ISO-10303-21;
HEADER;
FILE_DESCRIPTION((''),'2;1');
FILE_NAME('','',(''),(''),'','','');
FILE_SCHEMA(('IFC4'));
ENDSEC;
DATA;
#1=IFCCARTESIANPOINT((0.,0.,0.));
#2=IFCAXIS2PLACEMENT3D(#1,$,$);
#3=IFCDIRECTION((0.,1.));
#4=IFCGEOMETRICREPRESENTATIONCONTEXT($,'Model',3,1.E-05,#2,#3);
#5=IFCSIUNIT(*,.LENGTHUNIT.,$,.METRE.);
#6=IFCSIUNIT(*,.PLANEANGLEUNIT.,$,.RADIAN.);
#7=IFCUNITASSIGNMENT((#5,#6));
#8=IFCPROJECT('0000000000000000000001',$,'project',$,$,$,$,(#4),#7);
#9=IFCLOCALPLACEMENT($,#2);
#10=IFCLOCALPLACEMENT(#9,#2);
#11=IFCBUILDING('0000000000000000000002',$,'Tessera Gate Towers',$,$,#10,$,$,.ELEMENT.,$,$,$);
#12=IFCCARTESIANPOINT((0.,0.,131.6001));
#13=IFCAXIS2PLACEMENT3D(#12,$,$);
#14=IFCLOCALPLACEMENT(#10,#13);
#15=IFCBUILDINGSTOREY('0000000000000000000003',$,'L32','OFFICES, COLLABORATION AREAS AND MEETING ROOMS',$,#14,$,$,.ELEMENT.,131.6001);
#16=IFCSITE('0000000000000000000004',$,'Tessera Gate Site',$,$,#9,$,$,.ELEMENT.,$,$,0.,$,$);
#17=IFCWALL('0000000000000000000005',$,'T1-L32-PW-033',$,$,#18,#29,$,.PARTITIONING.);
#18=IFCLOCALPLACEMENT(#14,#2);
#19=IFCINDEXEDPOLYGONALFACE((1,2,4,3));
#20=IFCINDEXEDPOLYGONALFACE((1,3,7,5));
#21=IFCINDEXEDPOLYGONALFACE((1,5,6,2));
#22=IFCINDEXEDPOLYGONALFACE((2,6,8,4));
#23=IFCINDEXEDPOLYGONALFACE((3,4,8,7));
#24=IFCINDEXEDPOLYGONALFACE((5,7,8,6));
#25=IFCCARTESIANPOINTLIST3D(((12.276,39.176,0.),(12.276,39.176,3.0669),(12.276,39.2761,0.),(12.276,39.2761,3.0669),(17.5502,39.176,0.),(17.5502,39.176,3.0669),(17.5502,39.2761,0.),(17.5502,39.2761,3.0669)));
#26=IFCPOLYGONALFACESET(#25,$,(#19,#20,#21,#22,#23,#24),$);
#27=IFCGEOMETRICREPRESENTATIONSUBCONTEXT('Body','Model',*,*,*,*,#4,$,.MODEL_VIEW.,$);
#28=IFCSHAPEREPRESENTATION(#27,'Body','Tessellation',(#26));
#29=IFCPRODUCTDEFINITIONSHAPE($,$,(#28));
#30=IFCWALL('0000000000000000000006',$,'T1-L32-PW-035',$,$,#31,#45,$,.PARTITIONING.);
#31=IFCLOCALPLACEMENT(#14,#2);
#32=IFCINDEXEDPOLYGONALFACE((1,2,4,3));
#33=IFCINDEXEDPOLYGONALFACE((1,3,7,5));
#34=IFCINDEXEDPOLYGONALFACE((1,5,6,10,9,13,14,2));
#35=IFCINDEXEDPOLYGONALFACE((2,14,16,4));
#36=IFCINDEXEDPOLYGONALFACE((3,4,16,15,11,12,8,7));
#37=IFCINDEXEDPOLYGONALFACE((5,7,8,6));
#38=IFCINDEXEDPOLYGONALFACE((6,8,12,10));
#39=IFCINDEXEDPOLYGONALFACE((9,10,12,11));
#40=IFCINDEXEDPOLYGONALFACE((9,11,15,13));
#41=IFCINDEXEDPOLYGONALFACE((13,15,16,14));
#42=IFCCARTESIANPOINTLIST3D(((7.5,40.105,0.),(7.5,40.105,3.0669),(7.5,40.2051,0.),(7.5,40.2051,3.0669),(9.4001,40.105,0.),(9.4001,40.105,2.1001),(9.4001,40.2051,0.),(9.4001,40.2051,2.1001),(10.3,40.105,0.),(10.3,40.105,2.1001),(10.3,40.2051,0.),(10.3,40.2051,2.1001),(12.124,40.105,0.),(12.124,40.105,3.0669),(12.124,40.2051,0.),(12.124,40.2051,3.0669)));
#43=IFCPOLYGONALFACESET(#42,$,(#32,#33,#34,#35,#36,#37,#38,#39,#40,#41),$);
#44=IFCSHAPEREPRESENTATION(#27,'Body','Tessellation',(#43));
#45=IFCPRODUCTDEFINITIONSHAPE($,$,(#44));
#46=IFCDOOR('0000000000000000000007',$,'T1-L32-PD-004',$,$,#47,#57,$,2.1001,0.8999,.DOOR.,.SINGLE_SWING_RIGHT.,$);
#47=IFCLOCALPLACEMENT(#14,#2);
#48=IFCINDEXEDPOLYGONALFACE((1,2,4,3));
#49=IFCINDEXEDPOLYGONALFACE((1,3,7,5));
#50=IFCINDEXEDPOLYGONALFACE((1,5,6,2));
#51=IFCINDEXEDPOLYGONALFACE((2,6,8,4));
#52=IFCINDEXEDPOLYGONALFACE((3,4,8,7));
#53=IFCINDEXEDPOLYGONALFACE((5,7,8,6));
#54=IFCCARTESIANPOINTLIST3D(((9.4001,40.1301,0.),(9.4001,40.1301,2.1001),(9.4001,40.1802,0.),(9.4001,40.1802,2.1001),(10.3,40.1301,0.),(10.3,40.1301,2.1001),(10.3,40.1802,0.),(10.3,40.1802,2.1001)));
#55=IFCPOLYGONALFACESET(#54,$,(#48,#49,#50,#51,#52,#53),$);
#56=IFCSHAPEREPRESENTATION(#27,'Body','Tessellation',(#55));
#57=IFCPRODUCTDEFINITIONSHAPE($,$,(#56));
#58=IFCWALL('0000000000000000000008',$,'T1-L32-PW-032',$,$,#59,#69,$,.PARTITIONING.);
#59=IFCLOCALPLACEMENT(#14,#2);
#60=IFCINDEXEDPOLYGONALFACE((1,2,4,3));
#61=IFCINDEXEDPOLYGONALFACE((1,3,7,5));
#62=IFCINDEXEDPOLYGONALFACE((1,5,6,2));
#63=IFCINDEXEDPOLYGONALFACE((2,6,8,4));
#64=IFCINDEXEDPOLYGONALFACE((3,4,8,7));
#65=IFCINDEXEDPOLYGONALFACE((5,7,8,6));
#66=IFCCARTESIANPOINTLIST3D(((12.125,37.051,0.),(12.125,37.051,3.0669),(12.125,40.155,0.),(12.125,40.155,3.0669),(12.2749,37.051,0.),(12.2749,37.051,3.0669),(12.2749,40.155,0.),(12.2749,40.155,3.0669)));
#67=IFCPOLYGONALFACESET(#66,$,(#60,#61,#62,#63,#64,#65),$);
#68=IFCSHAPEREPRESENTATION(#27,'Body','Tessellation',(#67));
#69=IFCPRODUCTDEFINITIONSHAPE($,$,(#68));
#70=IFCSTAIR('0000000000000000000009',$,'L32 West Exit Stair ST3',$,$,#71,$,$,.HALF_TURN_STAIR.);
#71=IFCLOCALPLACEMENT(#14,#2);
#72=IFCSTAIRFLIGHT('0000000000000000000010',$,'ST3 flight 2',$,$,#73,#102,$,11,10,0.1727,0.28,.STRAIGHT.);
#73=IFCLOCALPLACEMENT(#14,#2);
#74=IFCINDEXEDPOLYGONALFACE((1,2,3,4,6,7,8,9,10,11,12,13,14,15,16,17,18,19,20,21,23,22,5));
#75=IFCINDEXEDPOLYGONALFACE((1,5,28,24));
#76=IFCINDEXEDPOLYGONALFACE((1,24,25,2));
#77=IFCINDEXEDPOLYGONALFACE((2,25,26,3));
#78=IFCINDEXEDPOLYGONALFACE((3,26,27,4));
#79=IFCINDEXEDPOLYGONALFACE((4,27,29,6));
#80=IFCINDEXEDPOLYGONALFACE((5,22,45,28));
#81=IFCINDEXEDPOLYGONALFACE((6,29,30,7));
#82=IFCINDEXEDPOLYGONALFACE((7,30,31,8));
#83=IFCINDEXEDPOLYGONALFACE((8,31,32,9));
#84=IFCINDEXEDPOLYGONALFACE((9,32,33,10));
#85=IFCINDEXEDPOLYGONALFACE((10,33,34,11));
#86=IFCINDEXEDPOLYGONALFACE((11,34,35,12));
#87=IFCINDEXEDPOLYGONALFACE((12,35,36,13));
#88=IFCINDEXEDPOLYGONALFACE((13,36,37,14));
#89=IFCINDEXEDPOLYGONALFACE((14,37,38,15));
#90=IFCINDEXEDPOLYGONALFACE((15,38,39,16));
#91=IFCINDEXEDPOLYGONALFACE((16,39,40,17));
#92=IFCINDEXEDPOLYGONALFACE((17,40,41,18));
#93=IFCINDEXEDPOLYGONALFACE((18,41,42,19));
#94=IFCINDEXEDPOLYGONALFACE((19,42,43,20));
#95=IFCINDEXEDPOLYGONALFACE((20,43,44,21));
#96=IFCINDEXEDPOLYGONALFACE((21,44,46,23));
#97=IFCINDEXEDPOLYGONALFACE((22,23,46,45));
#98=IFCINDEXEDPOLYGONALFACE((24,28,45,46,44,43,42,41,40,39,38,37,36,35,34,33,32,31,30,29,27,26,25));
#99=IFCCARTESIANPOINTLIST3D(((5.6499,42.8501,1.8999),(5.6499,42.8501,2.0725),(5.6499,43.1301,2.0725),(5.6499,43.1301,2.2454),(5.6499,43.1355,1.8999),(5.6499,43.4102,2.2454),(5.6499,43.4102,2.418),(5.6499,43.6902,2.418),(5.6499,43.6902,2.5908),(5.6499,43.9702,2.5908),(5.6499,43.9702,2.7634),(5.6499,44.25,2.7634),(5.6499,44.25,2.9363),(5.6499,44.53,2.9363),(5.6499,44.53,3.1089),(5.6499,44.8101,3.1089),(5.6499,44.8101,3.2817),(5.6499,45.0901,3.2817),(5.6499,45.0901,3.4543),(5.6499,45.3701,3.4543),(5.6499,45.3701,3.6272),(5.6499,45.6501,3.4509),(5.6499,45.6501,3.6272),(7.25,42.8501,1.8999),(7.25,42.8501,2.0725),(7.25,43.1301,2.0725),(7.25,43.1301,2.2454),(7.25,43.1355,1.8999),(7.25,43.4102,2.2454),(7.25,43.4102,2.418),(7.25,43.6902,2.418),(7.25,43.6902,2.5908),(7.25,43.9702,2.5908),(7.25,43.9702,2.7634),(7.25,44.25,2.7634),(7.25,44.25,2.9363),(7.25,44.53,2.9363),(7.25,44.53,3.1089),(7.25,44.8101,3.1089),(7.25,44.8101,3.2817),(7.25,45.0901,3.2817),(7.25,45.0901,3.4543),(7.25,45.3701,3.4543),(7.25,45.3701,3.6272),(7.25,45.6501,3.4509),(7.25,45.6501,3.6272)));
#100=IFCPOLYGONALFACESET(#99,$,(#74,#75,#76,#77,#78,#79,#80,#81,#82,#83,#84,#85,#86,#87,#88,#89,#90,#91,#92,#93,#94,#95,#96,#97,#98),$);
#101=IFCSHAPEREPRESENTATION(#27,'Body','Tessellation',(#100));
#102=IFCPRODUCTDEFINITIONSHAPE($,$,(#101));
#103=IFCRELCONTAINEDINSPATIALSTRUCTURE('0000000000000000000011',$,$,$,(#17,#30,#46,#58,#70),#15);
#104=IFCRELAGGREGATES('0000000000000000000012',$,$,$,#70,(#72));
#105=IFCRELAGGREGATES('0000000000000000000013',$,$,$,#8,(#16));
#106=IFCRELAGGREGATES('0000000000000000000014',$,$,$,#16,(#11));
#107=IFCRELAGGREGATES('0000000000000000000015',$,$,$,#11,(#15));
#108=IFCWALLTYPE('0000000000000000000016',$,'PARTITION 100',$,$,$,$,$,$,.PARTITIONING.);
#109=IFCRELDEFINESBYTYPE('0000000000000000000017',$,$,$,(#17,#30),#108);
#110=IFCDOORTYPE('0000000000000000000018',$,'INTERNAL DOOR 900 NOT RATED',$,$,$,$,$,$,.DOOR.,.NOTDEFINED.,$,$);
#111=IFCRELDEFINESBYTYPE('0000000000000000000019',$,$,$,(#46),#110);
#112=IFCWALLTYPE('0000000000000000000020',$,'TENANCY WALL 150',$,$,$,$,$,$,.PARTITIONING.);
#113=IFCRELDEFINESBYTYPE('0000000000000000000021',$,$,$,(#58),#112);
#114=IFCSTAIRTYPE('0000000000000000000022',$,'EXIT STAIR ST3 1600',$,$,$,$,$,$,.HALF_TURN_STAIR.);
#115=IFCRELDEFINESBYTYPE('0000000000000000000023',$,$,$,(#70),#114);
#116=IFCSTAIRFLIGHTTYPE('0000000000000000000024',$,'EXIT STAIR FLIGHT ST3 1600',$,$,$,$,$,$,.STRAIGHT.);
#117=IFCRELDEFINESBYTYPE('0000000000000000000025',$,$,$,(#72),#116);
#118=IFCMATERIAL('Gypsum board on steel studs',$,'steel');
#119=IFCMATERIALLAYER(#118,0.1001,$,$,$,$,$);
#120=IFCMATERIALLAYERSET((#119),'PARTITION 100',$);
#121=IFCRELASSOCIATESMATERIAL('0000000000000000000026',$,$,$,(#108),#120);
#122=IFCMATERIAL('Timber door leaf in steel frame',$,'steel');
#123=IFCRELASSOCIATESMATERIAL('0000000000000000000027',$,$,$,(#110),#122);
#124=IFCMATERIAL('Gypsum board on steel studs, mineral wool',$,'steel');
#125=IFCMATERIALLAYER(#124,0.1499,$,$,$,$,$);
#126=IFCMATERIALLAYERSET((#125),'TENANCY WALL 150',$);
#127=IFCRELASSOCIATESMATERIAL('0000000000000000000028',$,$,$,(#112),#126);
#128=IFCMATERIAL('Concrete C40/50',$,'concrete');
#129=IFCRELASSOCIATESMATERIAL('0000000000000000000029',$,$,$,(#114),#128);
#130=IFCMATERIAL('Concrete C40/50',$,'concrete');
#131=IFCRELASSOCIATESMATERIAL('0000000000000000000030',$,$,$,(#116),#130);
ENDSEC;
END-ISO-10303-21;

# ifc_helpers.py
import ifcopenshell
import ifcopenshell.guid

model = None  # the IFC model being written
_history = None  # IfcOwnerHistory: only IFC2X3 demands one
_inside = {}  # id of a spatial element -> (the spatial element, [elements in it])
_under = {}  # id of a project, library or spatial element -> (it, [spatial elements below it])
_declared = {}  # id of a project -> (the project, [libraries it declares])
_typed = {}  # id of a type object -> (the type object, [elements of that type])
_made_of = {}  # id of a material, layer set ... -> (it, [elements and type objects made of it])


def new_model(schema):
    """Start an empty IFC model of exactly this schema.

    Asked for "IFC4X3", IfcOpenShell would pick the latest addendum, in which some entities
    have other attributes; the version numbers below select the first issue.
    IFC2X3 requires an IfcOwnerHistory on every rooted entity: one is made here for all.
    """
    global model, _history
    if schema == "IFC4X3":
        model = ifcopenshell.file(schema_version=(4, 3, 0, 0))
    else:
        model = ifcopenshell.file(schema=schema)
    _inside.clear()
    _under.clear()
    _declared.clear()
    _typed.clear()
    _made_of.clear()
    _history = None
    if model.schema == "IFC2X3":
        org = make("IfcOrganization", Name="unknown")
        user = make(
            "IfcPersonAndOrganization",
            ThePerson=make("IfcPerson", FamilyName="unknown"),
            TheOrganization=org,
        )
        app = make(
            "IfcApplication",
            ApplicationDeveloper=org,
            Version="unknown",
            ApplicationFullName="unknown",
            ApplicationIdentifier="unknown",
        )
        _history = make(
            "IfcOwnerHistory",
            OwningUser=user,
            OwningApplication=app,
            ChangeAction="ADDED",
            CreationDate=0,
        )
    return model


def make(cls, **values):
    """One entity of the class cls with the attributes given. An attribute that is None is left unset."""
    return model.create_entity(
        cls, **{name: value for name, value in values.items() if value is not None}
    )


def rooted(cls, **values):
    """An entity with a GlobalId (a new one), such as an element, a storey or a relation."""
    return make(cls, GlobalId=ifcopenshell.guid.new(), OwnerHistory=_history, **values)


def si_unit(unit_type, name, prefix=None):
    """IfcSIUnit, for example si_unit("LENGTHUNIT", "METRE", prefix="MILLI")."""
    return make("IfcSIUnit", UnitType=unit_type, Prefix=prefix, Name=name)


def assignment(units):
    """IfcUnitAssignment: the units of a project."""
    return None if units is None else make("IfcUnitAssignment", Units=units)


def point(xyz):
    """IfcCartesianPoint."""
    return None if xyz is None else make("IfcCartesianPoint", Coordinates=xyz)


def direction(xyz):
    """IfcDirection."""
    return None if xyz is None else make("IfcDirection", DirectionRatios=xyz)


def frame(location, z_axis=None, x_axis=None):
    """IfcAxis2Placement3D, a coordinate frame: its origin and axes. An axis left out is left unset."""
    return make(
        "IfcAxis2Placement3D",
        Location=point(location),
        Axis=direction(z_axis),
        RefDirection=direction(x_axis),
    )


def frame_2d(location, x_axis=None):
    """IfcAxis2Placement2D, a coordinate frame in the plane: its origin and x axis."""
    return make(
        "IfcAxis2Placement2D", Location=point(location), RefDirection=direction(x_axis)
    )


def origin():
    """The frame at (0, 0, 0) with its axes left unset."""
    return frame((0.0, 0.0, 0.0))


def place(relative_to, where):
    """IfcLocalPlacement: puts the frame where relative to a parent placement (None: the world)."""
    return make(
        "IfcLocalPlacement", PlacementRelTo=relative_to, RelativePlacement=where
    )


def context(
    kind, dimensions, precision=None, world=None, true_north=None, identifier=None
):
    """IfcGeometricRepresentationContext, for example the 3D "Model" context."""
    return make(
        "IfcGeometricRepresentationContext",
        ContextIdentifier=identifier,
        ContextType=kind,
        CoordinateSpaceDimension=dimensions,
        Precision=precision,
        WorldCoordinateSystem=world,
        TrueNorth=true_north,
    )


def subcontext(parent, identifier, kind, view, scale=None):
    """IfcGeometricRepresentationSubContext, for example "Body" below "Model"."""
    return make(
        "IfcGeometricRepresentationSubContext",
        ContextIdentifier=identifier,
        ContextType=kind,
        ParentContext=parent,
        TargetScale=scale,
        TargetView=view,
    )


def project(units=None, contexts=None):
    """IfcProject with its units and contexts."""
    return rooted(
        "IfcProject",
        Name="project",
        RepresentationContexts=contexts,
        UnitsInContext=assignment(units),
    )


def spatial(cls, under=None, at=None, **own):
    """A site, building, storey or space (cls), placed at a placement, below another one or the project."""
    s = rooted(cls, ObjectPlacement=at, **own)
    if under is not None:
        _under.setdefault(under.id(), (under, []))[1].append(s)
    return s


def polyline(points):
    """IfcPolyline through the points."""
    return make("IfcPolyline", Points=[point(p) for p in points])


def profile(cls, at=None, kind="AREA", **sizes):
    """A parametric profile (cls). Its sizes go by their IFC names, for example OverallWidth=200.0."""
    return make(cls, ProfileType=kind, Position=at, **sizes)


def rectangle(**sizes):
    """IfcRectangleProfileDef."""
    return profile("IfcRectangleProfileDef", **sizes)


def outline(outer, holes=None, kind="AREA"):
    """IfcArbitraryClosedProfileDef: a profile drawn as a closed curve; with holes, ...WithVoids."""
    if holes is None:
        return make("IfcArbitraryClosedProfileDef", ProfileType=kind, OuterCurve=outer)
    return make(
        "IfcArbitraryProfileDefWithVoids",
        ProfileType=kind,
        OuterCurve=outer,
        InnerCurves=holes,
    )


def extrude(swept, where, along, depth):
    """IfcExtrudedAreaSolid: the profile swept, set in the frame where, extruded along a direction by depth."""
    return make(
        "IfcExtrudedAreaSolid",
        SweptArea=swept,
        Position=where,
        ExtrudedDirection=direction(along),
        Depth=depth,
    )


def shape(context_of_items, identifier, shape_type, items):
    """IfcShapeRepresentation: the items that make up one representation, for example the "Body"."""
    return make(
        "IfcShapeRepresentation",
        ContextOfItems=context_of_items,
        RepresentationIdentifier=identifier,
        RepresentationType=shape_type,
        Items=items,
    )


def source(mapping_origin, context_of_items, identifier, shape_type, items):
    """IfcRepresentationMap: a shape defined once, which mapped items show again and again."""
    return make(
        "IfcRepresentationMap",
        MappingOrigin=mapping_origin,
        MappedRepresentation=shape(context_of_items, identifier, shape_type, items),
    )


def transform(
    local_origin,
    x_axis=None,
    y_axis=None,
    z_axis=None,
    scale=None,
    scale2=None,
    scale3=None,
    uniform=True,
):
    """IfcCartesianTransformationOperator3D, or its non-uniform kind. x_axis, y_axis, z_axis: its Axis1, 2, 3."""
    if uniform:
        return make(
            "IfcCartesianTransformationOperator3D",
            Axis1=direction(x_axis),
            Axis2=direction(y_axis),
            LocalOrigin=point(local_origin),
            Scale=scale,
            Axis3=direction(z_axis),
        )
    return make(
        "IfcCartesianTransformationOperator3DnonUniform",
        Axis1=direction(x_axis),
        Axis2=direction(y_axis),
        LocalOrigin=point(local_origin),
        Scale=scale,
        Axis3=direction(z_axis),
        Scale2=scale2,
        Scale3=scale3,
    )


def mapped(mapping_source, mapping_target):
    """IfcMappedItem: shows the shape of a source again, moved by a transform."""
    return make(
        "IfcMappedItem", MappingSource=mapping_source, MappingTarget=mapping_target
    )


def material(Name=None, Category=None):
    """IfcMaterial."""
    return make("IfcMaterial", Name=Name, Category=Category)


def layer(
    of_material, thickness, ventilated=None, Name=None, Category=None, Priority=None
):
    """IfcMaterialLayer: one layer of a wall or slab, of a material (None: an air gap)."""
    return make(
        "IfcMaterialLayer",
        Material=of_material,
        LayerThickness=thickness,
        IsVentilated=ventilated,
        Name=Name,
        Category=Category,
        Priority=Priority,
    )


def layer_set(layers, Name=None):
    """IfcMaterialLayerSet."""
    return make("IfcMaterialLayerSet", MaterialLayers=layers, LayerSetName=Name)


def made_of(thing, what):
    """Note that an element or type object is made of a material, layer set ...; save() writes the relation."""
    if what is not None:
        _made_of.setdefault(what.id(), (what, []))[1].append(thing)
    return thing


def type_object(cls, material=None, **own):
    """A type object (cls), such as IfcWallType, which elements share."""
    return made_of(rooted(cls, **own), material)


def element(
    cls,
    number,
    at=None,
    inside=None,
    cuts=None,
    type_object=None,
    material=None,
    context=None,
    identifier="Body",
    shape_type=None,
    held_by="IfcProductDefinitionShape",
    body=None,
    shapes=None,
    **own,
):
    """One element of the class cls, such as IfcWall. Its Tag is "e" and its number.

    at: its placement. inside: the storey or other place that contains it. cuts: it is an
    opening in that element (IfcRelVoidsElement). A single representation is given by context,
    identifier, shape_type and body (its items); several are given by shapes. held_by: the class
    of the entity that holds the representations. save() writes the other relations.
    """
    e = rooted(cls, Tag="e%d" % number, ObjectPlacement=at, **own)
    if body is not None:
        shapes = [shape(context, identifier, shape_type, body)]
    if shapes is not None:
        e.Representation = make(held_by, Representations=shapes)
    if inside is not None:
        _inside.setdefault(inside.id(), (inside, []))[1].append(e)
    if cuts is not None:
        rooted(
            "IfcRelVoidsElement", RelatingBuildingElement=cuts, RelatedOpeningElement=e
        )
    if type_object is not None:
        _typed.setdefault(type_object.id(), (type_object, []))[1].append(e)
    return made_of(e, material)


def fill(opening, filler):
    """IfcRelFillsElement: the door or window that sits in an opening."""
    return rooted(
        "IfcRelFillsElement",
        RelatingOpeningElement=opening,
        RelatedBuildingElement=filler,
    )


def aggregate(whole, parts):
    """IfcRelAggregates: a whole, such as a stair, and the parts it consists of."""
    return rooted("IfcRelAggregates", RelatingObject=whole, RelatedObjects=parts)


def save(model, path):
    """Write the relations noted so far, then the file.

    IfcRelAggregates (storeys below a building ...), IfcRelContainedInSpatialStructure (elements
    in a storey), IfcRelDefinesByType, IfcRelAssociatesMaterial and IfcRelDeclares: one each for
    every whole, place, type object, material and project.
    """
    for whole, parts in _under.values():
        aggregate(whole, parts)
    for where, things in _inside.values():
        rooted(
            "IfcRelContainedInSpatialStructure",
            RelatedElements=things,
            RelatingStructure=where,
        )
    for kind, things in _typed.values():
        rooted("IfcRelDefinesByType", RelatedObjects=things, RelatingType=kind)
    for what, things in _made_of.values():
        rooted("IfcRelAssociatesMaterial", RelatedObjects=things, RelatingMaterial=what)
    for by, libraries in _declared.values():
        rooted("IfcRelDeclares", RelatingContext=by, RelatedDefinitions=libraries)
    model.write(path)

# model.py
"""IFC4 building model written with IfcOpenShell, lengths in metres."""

from ifc_helpers import new_model, si_unit, direction, frame, frame_2d, origin, place, context, subcontext, project, spatial, polyline, rectangle, outline, extrude, source, transform, mapped, material, layer, layer_set, type_object, element, fill, aggregate, save


model = new_model("IFC4")

# Units and contexts
model_context = context("Model", 3, precision=1e-05, world=origin(), true_north=direction((0.0, 1.0)))
body_context = subcontext(model_context, "Body", "Model", "MODEL_VIEW")
ifc_project = project(units=[si_unit("LENGTHUNIT", "METRE"), si_unit("PLANEANGLEUNIT", "RADIAN")], contexts=[model_context])

# Site, building, storey
site_placement = place(None, origin())
site = spatial("IfcSite", under=ifc_project, at=site_placement, Name="Tessera Gate Site", CompositionType="ELEMENT", RefElevation=0.0)
building_placement = place(site_placement, origin())
building = spatial("IfcBuilding", under=site, at=building_placement, Name="Tessera Gate Towers", CompositionType="ELEMENT")
storey_placement = place(building_placement, frame((0.0, 0.0, 131.6001)))
storey = spatial("IfcBuildingStorey", under=building, at=storey_placement, Name="L32", Description="OFFICES, COLLABORATION AREAS AND MEETING ROOMS", CompositionType="ELEMENT", Elevation=131.6001)

# Wall
ifc_material_1 = material(Name="Gypsum board on steel studs", Category="steel")
ifc_layer_1 = layer(ifc_material_1, 0.1001)
ifc_layer_set_1 = layer_set([ifc_layer_1], Name="PARTITION 100")
wall_type_1 = type_object("IfcWallType", Name="PARTITION 100", PredefinedType="PARTITIONING", material=ifc_layer_set_1)
wall_1_placement = place(storey_placement, frame((12.2759, 39.2261, 0.0), z_axis=(0.0, 0.0, 1.0), x_axis=(1.0, 0.0, 0.0)))
element("IfcWall", 1, at=wall_1_placement, inside=storey, type_object=wall_type_1, Name="T1-L32-PW-033", PredefinedType="PARTITIONING", context=body_context, shape_type="SweptSolid", body=[
    extrude(rectangle(XDim=5.2742, YDim=0.1001, at=frame_2d((2.6372, 0.0))), origin(), (0.0, 0.0, 1.0), 3.0669),
])

# Wall, opening, door
wall_2_placement = place(storey_placement, frame((12.124, 40.155, 0.0), z_axis=(0.0, 0.0, 1.0), x_axis=(-1.0, 0.0, 0.0)))
wall_2 = element("IfcWall", 2, at=wall_2_placement, inside=storey, type_object=wall_type_1, Name="T1-L32-PW-035", PredefinedType="PARTITIONING", context=body_context, shape_type="SweptSolid", body=[
    extrude(rectangle(XDim=4.624, YDim=0.1001, at=frame_2d((2.312, 0.0))), origin(), (0.0, 0.0, 1.0), 3.0669),
])
shared_shape_1 = source(origin(), body_context, "Body", "SweptSolid", [
    extrude(rectangle(XDim=0.8999, YDim=2.1001, at=frame_2d((0.45, 1.05))), frame((0.0, 0.0601, 0.0), z_axis=(0.0, -1.0, 0.0), x_axis=(1.0, 0.0, 0.0)), (0.0, 0.0, 1.0), 0.1201),
])
opening_placement = place(wall_2_placement, frame((1.824, 0.0, 0.0)))
opening = element("IfcOpeningElement", 3, at=opening_placement, cuts=wall_2, PredefinedType="OPENING", context=body_context, shape_type="MappedRepresentation", body=[
    mapped(shared_shape_1, transform((0.0, 0.0, 0.0), scale=1.0)),
])
ifc_material_2 = material(Name="Timber door leaf in steel frame", Category="steel")
door_type = type_object("IfcDoorType", Name="INTERNAL DOOR 900 NOT RATED", OperationType="NOTDEFINED", PredefinedType="DOOR", material=ifc_material_2)
shared_shape_2 = source(origin(), body_context, "Body", "SweptSolid", [
    extrude(rectangle(XDim=0.8999, YDim=2.1001, at=frame_2d((0.45, 1.05))), frame((0.0, 0.0249, 0.0), z_axis=(0.0, -1.0, 0.0), x_axis=(1.0, 0.0, 0.0)), (0.0, 0.0, 1.0), 0.05),
])
door_placement = place(opening_placement, origin())
door = element("IfcDoor", 4, at=door_placement, inside=storey, type_object=door_type, Name="T1-L32-PD-004", OperationType="SINGLE_SWING_RIGHT", OverallHeight=2.1001, OverallWidth=0.8999, PredefinedType="DOOR", context=body_context, shape_type="MappedRepresentation", body=[
    mapped(shared_shape_2, transform((0.0, 0.0, 0.0), scale=1.0)),
])
fill(opening, door)

# Wall
ifc_material_3 = material(Name="Gypsum board on steel studs, mineral wool", Category="steel")
ifc_layer_2 = layer(ifc_material_3, 0.1499)
ifc_layer_set_2 = layer_set([ifc_layer_2], Name="TENANCY WALL 150")
wall_type_2 = type_object("IfcWallType", Name="TENANCY WALL 150", PredefinedType="PARTITIONING", material=ifc_layer_set_2)
wall_3_placement = place(storey_placement, frame((12.2, 37.051, 0.0), z_axis=(0.0, 0.0, 1.0), x_axis=(0.0, 1.0, 0.0)))
element("IfcWall", 5, at=wall_3_placement, inside=storey, type_object=wall_type_2, Name="T1-L32-PW-032", PredefinedType="PARTITIONING", context=body_context, shape_type="SweptSolid", body=[
    extrude(rectangle(XDim=3.104, YDim=0.1499, at=frame_2d((1.552, 0.0))), origin(), (0.0, 0.0, 1.0), 3.0669),
])

# Stair, stair flight
ifc_material_4 = material(Name="Concrete C40/50", Category="concrete")
stair_type = type_object("IfcStairType", Name="EXIT STAIR ST3 1600", PredefinedType="HALF_TURN_STAIR", material=ifc_material_4)
stair_placement = place(storey_placement, origin())
stair = element("IfcStair", 6, at=stair_placement, inside=storey, type_object=stair_type, Name="L32 West Exit Stair ST3", PredefinedType="HALF_TURN_STAIR")
ifc_material_5 = material(Name="Concrete C40/50", Category="concrete")
stair_flight_type = type_object("IfcStairFlightType", Name="EXIT STAIR FLIGHT ST3 1600", PredefinedType="STRAIGHT", material=ifc_material_5)
stair_flight_placement = place(storey_placement, frame((6.45, 42.8501, 1.8999), z_axis=(0.0, 0.0, 1.0), x_axis=(0.0, 1.0, 0.0)))
stair_flight = element("IfcStairFlight", 7, at=stair_flight_placement, type_object=stair_flight_type, Name="ST3 flight 2", NumberOfRisers=11, NumberOfTreads=10, PredefinedType="STRAIGHT", RiserHeight=0.1727, TreadLength=0.28, context=body_context, shape_type="SweptSolid", body=[
    extrude(outline(polyline([(0.0, 0.0), (0.0, 0.1726), (0.28, 0.1726), (0.28, 0.3455), (0.5601, 0.3455), (0.5601, 0.5181), (0.8401, 0.5181), (0.8401, 0.6909), (1.1201, 0.6909), (1.1201, 0.8635), (1.3999, 0.8635), (1.3999, 1.0364), (1.6799, 1.0364), (1.6799, 1.209), (1.96, 1.209), (1.96, 1.3818), (2.24, 1.3818), (2.24, 1.5544), (2.52, 1.5544), (2.52, 1.7273), (2.8, 1.7273), (2.8, 1.8999), (2.8, 1.551), (0.2854, 0.0), (0.0, 0.0)])), frame((0.0, 0.8, 0.0), z_axis=(0.0, -1.0, 0.0), x_axis=(1.0, 0.0, 0.0)), (0.0, 0.0, 1.0), 1.6001),
])
aggregate(stair, [stair_flight])

save(model, "model.ifc")
